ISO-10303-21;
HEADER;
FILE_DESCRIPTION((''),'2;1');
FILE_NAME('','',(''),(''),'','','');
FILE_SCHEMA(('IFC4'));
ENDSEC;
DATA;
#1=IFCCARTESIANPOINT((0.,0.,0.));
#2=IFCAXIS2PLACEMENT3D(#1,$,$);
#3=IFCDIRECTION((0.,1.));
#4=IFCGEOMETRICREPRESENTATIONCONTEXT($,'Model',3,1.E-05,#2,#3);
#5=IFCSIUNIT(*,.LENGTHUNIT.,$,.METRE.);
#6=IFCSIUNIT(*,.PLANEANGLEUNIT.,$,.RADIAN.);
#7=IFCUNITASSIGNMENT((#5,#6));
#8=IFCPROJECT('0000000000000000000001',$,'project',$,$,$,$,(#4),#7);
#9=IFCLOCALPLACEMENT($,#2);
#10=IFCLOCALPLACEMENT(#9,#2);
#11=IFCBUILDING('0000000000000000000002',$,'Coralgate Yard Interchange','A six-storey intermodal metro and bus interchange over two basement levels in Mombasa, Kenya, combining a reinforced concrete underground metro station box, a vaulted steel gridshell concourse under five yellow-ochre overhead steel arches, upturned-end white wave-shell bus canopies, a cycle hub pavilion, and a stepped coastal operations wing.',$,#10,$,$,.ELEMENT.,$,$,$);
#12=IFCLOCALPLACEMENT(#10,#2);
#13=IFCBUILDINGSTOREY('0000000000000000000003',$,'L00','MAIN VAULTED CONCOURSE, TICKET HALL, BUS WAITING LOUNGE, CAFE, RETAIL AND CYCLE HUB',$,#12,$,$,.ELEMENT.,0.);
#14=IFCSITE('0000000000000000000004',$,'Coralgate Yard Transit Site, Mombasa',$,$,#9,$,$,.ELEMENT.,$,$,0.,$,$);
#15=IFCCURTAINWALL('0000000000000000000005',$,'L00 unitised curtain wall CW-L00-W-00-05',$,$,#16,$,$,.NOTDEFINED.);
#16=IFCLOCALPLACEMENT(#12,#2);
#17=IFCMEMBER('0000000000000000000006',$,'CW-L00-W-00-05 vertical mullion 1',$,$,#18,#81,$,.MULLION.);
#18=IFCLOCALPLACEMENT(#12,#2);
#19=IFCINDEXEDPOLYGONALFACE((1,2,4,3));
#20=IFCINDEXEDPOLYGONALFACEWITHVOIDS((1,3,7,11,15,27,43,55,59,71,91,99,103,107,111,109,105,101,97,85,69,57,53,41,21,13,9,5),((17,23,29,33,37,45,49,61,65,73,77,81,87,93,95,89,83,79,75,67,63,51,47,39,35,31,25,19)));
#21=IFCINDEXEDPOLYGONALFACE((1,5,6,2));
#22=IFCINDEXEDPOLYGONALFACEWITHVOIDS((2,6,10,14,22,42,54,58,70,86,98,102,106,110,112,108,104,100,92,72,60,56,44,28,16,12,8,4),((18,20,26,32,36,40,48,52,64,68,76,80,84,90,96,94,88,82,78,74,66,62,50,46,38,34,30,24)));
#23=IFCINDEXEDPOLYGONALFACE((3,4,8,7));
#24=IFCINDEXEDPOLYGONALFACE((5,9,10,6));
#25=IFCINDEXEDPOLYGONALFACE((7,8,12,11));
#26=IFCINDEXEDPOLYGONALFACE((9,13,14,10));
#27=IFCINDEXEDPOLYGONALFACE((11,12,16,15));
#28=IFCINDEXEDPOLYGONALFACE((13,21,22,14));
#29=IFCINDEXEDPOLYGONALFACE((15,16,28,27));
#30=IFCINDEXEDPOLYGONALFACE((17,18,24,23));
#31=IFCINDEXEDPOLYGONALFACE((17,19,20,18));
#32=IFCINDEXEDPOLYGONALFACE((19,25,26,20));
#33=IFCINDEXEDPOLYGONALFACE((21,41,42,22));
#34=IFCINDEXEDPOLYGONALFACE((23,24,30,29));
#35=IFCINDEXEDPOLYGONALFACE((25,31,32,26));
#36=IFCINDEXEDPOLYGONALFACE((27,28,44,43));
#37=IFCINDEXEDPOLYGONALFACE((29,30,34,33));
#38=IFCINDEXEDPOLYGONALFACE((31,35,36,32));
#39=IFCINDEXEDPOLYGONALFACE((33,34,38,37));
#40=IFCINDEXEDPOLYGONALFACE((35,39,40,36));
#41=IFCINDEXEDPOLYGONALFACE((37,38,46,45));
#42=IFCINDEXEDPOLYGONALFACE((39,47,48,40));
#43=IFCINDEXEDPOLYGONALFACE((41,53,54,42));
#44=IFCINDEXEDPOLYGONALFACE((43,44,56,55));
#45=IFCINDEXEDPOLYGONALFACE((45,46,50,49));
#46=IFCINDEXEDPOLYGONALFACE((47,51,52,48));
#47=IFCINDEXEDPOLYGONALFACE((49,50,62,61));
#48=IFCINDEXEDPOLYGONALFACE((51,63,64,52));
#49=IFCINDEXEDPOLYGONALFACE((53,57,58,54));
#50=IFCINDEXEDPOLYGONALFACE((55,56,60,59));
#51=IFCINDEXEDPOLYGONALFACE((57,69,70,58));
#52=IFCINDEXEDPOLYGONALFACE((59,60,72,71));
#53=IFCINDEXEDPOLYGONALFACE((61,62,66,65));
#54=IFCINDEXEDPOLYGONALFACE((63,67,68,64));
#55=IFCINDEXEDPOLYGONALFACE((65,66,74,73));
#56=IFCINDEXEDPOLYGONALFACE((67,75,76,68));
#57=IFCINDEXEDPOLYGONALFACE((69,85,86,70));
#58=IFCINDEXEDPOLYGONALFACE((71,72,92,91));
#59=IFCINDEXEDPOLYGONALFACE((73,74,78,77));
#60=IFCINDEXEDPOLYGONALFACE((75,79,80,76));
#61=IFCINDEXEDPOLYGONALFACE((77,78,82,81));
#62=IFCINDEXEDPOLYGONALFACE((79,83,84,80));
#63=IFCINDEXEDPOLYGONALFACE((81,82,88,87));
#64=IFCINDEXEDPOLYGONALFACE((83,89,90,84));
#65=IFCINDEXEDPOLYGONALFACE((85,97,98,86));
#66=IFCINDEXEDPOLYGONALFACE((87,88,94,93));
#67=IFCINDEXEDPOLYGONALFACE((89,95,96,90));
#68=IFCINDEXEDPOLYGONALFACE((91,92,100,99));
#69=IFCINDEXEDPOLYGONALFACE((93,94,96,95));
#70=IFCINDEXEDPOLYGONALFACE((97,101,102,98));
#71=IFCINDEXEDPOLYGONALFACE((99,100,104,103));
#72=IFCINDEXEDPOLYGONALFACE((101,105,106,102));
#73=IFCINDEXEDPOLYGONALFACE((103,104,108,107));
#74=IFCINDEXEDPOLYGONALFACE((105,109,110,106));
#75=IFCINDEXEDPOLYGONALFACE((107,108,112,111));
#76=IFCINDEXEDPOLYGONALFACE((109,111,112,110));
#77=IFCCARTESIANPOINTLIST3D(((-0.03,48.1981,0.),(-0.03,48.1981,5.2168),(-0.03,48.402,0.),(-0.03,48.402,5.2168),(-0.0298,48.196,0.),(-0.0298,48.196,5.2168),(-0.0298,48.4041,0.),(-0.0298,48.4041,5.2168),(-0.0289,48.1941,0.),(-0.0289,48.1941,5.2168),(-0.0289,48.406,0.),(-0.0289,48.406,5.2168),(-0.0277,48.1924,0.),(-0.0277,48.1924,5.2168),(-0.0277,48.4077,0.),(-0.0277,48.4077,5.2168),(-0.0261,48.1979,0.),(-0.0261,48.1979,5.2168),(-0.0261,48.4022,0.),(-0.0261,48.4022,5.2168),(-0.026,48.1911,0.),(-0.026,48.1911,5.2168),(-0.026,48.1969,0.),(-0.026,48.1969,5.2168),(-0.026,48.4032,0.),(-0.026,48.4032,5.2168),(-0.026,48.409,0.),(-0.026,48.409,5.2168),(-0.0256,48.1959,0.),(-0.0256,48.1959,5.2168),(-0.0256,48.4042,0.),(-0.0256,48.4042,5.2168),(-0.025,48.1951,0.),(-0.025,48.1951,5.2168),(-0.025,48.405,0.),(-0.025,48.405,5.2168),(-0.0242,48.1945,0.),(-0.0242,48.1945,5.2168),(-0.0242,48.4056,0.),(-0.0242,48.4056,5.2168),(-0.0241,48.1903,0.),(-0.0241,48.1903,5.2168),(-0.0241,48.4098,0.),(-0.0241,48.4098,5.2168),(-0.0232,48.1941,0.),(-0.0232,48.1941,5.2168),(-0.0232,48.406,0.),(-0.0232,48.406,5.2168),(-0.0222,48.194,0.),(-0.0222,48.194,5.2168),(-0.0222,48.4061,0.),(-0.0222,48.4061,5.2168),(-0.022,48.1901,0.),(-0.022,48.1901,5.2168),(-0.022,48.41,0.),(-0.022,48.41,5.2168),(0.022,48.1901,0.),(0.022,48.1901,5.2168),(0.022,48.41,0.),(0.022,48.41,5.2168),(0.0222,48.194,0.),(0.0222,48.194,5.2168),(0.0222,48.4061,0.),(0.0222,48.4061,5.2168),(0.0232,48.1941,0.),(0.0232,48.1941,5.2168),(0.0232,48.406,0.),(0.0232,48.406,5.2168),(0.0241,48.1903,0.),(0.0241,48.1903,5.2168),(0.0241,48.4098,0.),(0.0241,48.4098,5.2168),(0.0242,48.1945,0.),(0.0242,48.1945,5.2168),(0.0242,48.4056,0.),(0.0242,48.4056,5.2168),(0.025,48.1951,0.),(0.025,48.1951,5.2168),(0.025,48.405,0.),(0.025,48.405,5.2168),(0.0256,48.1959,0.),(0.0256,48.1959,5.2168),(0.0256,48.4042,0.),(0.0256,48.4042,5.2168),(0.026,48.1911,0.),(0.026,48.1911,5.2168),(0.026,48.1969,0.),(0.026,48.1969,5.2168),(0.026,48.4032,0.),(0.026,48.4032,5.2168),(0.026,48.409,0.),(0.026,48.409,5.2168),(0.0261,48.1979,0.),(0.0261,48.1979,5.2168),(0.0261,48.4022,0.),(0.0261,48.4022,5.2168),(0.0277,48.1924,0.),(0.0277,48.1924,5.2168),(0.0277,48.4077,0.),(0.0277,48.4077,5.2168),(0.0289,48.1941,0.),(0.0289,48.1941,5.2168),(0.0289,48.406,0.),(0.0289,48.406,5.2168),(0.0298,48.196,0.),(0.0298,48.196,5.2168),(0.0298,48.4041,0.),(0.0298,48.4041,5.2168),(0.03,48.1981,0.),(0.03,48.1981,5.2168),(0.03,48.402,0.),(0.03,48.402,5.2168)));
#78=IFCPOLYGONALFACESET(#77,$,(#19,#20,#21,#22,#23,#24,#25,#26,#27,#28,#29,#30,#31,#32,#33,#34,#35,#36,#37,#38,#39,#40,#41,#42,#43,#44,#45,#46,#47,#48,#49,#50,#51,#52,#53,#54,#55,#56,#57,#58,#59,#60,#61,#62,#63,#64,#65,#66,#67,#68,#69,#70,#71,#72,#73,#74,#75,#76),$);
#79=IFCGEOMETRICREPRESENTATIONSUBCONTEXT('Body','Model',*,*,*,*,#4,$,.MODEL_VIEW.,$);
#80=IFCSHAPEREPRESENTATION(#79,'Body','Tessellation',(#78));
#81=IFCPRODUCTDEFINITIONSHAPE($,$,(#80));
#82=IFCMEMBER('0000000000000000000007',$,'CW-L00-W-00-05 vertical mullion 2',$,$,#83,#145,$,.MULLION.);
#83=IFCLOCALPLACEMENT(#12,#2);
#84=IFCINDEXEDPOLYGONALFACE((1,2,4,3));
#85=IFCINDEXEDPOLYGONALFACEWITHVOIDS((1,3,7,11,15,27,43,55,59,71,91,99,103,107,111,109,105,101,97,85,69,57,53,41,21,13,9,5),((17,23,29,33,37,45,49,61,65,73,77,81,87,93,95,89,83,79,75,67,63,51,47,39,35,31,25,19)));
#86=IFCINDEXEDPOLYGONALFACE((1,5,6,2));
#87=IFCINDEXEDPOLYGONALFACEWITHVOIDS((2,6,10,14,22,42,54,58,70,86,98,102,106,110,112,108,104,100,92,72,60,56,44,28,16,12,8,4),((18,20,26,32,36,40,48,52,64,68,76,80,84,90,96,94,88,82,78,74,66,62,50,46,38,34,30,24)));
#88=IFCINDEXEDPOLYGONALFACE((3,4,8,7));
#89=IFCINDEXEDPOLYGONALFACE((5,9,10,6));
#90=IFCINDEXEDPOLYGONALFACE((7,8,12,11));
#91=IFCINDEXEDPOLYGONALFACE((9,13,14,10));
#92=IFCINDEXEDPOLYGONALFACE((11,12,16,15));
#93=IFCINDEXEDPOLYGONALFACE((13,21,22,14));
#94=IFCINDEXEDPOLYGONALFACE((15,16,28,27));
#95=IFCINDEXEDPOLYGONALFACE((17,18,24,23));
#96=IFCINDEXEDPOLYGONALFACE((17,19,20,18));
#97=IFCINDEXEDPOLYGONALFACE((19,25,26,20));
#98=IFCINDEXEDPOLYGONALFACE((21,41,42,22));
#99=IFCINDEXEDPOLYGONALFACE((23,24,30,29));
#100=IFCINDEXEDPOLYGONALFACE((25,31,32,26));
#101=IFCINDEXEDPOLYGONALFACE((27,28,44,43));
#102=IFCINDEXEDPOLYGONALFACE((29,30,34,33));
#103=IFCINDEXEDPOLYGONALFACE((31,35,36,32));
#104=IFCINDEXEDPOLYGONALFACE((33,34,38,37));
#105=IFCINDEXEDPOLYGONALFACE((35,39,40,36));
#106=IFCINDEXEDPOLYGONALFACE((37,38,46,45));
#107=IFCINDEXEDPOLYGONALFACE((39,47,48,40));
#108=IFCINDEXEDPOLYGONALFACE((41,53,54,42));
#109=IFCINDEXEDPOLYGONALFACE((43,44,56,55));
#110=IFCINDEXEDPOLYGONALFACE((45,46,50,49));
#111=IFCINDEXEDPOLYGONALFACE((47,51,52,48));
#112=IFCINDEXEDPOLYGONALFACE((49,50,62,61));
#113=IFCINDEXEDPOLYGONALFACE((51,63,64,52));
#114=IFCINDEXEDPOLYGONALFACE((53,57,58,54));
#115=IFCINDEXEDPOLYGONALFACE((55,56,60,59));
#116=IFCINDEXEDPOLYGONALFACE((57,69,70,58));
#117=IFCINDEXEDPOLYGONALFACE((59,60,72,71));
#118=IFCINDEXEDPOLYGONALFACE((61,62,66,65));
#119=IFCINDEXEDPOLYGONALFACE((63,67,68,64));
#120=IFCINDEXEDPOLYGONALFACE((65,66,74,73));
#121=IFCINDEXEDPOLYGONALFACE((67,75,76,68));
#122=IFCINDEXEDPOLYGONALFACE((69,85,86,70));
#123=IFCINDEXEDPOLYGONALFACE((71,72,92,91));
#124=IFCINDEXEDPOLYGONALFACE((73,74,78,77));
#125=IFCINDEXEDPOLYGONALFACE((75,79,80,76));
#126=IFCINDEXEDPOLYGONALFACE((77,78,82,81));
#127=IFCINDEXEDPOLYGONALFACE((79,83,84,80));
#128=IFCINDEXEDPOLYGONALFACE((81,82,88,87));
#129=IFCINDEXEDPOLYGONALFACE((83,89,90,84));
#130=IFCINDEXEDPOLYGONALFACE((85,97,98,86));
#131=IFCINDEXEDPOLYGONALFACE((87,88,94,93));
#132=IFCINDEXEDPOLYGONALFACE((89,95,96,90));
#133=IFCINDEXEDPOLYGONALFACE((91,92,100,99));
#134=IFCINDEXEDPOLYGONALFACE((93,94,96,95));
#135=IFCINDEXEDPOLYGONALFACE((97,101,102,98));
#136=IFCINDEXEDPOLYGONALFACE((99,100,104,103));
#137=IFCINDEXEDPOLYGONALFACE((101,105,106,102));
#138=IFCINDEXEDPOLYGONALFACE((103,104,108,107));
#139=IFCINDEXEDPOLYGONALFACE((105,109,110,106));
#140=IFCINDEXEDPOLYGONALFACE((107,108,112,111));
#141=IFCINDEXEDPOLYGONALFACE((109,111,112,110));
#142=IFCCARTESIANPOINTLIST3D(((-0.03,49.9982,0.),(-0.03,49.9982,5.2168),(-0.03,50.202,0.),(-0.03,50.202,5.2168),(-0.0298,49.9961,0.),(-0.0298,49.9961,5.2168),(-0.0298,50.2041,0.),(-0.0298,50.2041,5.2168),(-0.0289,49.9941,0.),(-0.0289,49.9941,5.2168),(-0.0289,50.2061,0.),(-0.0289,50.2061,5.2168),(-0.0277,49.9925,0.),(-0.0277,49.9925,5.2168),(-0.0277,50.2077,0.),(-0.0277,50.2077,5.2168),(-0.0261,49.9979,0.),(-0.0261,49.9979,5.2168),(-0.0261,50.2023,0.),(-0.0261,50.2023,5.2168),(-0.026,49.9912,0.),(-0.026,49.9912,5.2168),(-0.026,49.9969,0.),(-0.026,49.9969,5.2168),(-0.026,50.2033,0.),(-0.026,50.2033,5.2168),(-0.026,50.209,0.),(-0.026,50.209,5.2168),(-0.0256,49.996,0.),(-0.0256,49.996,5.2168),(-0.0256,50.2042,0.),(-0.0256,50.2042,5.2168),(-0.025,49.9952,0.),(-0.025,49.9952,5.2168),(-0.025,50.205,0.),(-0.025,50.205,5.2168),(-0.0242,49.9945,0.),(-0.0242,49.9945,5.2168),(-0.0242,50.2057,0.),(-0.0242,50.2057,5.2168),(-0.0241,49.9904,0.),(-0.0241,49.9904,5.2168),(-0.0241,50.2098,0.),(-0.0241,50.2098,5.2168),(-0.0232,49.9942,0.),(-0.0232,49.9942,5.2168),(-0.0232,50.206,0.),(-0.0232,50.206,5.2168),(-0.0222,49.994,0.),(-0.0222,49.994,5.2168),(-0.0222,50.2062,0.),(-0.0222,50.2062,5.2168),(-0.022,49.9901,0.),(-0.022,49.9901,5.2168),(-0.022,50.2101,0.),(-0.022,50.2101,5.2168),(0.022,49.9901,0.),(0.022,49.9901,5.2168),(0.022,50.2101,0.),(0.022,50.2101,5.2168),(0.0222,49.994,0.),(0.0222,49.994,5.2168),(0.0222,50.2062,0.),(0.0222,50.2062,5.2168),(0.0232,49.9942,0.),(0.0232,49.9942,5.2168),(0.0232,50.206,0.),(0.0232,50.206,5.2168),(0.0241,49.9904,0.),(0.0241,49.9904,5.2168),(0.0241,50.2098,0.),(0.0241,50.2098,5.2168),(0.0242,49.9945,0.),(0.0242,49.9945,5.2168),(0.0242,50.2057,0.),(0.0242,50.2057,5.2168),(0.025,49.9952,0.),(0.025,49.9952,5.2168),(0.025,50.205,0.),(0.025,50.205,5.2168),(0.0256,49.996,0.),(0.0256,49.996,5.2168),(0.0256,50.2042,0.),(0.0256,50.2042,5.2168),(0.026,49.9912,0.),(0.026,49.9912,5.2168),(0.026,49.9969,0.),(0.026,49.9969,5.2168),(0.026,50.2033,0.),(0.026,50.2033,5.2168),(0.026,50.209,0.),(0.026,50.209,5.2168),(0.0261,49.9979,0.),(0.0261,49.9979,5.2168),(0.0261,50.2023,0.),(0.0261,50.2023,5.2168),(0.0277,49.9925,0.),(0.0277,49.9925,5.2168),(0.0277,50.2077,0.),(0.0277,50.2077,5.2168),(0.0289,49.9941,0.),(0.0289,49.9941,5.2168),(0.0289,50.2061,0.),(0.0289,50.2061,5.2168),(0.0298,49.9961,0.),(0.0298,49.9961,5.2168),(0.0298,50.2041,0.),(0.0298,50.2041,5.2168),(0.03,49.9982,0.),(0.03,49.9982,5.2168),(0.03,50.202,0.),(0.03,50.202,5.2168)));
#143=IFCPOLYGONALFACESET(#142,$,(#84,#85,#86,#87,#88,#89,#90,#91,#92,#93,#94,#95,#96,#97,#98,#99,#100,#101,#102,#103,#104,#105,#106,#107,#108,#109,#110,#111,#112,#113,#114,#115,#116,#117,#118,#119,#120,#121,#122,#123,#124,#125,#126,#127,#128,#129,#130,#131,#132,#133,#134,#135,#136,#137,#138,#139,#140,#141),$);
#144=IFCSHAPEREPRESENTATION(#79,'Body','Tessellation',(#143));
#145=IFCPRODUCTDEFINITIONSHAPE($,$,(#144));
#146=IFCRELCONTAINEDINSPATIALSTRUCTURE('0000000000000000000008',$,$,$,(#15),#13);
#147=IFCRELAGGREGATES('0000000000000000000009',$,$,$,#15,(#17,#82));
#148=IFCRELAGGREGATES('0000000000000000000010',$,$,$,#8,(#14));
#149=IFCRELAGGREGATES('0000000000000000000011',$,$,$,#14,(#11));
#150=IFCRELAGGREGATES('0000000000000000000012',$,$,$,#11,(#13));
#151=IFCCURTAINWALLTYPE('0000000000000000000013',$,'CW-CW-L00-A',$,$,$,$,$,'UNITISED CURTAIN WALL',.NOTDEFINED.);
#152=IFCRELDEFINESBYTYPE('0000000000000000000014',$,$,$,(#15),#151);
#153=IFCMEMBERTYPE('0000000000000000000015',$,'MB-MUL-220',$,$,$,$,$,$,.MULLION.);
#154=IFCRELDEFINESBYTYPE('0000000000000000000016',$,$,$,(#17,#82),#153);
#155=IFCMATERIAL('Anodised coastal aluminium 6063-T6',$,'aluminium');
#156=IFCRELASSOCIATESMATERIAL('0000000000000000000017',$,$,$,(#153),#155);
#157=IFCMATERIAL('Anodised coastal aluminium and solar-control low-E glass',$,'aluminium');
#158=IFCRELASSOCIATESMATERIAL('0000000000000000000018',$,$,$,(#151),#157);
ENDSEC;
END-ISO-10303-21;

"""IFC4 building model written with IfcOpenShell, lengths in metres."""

from ifc_helpers import new_model, si_unit, direction, frame, origin, origin_2d, place, context, subcontext, project, spatial, hollow_rectangle, extrude, material, material_profile, profile_set, type_object, element, aggregate, save


model = new_model("IFC4")

# Units and contexts
model_context = context("Model", 3, precision=1e-05, world=origin(), true_north=direction((0.0, 1.0)))
body_context = subcontext(model_context, "Body", "Model", "MODEL_VIEW")
ifc_project = project(units=[si_unit("LENGTHUNIT", "METRE"), si_unit("PLANEANGLEUNIT", "RADIAN")], contexts=[model_context])

# Site, building, storey
site_placement = place(None, origin())
site = spatial("IfcSite", under=ifc_project, at=site_placement, Name="Coralgate Yard Transit Site, Mombasa", CompositionType="ELEMENT", RefElevation=0.0)
building_placement = place(site_placement, origin())
building = spatial("IfcBuilding", under=site, at=building_placement, Name="Coralgate Yard Interchange", Description="A six-storey intermodal metro and bus interchange over two basement levels in Mombasa, Kenya, combining a reinforced concrete underground metro station box, a vaulted steel gridshell concourse under five yellow-ochre overhead steel arches, upturned-end white wave-shell bus canopies, a cycle hub pavilion, and a stepped coastal operations wing.", CompositionType="ELEMENT")
storey_placement = place(building_placement, origin())
storey = spatial("IfcBuildingStorey", under=building, at=storey_placement, Name="L00", Description="MAIN VAULTED CONCOURSE, TICKET HALL, BUS WAITING LOUNGE, CAFE, RETAIL AND CYCLE HUB", CompositionType="ELEMENT", Elevation=0.0)

# Curtain wall, members
ifc_material_1 = material(Name="Anodised coastal aluminium and solar-control low-E glass", Category="aluminium")
ifc_material_2 = material(Name="Anodised coastal aluminium 6063-T6", Category="aluminium")
ifc_material_profile_1 = material_profile(ifc_material_2, hollow_rectangle(XDim=0.0601, YDim=0.22, WallThickness=0.0039, InnerFilletRadius=0.0039, OuterFilletRadius=0.0081, at=origin_2d()), Name="ALU 60x220x4")
ifc_profile_set_1 = profile_set([ifc_material_profile_1], Name="Anodised coastal aluminium 6063-T6")
member_type_1 = type_object("IfcMemberType", Name="MB-MUL-220", PredefinedType="MULLION", material=ifc_profile_set_1)
curtain_wall_type_1 = type_object("IfcCurtainWallType", Name="CW-CW-L00-A", ElementType="UNITISED CURTAIN WALL", PredefinedType="NOTDEFINED", material=ifc_material_1)
curtain_wall_1_placement = place(storey_placement, origin())
curtain_wall_1 = element("IfcCurtainWall", 1, at=curtain_wall_1_placement, inside=storey, type_object=curtain_wall_type_1, Name="L00 unitised curtain wall CW-L00-W-00-05", PredefinedType="NOTDEFINED")
member_1_placement = place(storey_placement, frame((0.0, 48.3, 0.0), z_axis=(0.0, 0.0, 1.0), x_axis=(1.0, 0.0, 0.0)))
member_1 = element("IfcMember", 2, at=member_1_placement, type_object=member_type_1, Name="CW-L00-W-00-05 vertical mullion 1", PredefinedType="MULLION", context=body_context, shape_type="SweptSolid", body=[
    extrude(hollow_rectangle(XDim=0.0601, YDim=0.22, WallThickness=0.0039, InnerFilletRadius=0.0039, OuterFilletRadius=0.0081, at=origin_2d()), origin(), (0.0, 0.0, 1.0), 5.2168),
])
member_2_placement = place(storey_placement, frame((0.0, 50.1001, 0.0), z_axis=(0.0, 0.0, 1.0), x_axis=(1.0, 0.0, 0.0)))
member_2 = element("IfcMember", 3, at=member_2_placement, type_object=member_type_1, Name="CW-L00-W-00-05 vertical mullion 2", PredefinedType="MULLION", context=body_context, shape_type="SweptSolid", body=[
    extrude(hollow_rectangle(XDim=0.0601, YDim=0.22, WallThickness=0.0039, InnerFilletRadius=0.0039, OuterFilletRadius=0.0081, at=origin_2d()), origin(), (0.0, 0.0, 1.0), 5.2168),
])

aggregate(curtain_wall_1, [member_1, member_2])

save(model, "model.ifc")
